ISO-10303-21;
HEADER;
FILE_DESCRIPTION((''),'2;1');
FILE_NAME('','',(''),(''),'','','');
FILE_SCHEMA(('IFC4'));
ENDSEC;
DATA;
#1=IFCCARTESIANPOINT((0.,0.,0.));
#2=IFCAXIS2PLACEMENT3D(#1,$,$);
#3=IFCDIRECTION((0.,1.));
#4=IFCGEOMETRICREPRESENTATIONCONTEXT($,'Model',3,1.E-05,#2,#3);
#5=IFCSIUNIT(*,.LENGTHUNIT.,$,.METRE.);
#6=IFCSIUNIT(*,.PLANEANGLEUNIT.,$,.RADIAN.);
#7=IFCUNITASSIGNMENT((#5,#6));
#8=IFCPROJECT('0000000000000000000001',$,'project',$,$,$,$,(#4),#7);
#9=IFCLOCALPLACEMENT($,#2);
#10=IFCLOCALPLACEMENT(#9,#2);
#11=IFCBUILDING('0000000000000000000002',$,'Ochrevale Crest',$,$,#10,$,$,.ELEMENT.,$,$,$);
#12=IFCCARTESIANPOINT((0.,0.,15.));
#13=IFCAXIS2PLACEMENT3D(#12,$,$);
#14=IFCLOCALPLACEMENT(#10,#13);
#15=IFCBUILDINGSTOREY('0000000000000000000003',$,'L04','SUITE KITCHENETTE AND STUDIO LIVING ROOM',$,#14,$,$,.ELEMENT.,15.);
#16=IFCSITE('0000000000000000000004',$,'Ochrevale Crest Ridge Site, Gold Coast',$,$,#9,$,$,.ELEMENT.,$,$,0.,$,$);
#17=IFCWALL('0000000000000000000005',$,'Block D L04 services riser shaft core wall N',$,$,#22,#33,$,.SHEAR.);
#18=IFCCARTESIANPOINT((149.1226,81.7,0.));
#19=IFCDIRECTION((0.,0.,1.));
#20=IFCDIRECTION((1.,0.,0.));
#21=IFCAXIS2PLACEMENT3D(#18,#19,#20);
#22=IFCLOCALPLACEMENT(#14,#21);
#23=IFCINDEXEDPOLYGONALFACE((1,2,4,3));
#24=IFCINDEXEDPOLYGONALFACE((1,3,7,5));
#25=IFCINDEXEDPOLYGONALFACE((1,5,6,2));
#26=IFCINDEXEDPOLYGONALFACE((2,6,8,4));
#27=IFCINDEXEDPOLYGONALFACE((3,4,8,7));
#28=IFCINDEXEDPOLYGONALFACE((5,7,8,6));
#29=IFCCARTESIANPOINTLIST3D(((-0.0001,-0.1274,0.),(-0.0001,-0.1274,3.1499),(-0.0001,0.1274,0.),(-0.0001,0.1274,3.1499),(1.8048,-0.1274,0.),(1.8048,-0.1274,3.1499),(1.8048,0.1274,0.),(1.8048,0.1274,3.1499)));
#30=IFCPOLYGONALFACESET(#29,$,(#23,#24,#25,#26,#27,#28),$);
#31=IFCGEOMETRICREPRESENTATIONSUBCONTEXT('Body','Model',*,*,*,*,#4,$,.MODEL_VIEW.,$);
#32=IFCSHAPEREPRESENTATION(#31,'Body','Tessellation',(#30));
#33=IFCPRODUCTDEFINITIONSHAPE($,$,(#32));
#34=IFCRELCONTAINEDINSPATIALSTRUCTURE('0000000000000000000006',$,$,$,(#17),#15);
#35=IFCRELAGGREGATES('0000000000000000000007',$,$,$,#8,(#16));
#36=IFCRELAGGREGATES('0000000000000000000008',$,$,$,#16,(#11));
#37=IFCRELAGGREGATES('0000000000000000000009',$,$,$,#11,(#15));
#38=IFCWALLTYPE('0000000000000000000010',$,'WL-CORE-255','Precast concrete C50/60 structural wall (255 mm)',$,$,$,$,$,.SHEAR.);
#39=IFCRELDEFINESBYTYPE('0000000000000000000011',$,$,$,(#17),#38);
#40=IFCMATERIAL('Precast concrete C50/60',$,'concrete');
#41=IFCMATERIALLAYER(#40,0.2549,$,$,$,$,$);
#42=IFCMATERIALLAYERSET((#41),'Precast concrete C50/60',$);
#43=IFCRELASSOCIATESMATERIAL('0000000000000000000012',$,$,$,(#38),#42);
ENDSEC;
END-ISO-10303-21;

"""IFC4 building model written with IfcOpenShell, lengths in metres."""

from ifc_helpers import new_model, si_unit, direction, frame, frame_2d, origin, place, context, subcontext, project, spatial, rectangle, extrude, material, layer, layer_set, type_object, element, save


model = new_model("IFC4")

# Units and contexts
model_context = context("Model", 3, precision=1e-05, world=origin(), true_north=direction((0.0, 1.0)))
body_context = subcontext(model_context, "Body", "Model", "MODEL_VIEW")
ifc_project = project(units=[si_unit("LENGTHUNIT", "METRE"), si_unit("PLANEANGLEUNIT", "RADIAN")], contexts=[model_context])

# Site, building, storey
site_placement = place(None, origin())
site = spatial("IfcSite", under=ifc_project, at=site_placement, Name="Ochrevale Crest Ridge Site, Gold Coast", CompositionType="ELEMENT", RefElevation=0.0)
building_placement = place(site_placement, origin())
building = spatial("IfcBuilding", under=site, at=building_placement, Name="Ochrevale Crest", CompositionType="ELEMENT")
storey_placement = place(building_placement, frame((0.0, 0.0, 15.0)))
storey = spatial("IfcBuildingStorey", under=building, at=storey_placement, Name="L04", Description="SUITE KITCHENETTE AND STUDIO LIVING ROOM", CompositionType="ELEMENT", Elevation=15.0)

# Shared definitions
ifc_material_1 = material(Name="Precast concrete C50/60", Category="concrete")

# Shared definitions
ifc_layer_1 = layer(ifc_material_1, 0.2549)
ifc_layer_set_1 = layer_set([ifc_layer_1], Name="Precast concrete C50/60")
wall_type_1 = type_object("IfcWallType", Name="WL-CORE-255", Description="Precast concrete C50/60 structural wall (255 mm)", PredefinedType="SHEAR", material=ifc_layer_set_1)

# Wall
wall_1_placement = place(storey_placement, frame((149.1226, 81.7, 0.0), z_axis=(0.0, 0.0, 1.0), x_axis=(1.0, 0.0, 0.0)))
element("IfcWall", 1, at=wall_1_placement, inside=storey, type_object=wall_type_1, Name="Block D L04 services riser shaft core wall N", PredefinedType="SHEAR", context=body_context, shape_type="SweptSolid", body=[
    extrude(rectangle(XDim=1.8049, YDim=0.2549, at=frame_2d((0.9023, 0.0))), origin(), (0.0, 0.0, 1.0), 3.1499),
])

save(model, "model.ifc")
